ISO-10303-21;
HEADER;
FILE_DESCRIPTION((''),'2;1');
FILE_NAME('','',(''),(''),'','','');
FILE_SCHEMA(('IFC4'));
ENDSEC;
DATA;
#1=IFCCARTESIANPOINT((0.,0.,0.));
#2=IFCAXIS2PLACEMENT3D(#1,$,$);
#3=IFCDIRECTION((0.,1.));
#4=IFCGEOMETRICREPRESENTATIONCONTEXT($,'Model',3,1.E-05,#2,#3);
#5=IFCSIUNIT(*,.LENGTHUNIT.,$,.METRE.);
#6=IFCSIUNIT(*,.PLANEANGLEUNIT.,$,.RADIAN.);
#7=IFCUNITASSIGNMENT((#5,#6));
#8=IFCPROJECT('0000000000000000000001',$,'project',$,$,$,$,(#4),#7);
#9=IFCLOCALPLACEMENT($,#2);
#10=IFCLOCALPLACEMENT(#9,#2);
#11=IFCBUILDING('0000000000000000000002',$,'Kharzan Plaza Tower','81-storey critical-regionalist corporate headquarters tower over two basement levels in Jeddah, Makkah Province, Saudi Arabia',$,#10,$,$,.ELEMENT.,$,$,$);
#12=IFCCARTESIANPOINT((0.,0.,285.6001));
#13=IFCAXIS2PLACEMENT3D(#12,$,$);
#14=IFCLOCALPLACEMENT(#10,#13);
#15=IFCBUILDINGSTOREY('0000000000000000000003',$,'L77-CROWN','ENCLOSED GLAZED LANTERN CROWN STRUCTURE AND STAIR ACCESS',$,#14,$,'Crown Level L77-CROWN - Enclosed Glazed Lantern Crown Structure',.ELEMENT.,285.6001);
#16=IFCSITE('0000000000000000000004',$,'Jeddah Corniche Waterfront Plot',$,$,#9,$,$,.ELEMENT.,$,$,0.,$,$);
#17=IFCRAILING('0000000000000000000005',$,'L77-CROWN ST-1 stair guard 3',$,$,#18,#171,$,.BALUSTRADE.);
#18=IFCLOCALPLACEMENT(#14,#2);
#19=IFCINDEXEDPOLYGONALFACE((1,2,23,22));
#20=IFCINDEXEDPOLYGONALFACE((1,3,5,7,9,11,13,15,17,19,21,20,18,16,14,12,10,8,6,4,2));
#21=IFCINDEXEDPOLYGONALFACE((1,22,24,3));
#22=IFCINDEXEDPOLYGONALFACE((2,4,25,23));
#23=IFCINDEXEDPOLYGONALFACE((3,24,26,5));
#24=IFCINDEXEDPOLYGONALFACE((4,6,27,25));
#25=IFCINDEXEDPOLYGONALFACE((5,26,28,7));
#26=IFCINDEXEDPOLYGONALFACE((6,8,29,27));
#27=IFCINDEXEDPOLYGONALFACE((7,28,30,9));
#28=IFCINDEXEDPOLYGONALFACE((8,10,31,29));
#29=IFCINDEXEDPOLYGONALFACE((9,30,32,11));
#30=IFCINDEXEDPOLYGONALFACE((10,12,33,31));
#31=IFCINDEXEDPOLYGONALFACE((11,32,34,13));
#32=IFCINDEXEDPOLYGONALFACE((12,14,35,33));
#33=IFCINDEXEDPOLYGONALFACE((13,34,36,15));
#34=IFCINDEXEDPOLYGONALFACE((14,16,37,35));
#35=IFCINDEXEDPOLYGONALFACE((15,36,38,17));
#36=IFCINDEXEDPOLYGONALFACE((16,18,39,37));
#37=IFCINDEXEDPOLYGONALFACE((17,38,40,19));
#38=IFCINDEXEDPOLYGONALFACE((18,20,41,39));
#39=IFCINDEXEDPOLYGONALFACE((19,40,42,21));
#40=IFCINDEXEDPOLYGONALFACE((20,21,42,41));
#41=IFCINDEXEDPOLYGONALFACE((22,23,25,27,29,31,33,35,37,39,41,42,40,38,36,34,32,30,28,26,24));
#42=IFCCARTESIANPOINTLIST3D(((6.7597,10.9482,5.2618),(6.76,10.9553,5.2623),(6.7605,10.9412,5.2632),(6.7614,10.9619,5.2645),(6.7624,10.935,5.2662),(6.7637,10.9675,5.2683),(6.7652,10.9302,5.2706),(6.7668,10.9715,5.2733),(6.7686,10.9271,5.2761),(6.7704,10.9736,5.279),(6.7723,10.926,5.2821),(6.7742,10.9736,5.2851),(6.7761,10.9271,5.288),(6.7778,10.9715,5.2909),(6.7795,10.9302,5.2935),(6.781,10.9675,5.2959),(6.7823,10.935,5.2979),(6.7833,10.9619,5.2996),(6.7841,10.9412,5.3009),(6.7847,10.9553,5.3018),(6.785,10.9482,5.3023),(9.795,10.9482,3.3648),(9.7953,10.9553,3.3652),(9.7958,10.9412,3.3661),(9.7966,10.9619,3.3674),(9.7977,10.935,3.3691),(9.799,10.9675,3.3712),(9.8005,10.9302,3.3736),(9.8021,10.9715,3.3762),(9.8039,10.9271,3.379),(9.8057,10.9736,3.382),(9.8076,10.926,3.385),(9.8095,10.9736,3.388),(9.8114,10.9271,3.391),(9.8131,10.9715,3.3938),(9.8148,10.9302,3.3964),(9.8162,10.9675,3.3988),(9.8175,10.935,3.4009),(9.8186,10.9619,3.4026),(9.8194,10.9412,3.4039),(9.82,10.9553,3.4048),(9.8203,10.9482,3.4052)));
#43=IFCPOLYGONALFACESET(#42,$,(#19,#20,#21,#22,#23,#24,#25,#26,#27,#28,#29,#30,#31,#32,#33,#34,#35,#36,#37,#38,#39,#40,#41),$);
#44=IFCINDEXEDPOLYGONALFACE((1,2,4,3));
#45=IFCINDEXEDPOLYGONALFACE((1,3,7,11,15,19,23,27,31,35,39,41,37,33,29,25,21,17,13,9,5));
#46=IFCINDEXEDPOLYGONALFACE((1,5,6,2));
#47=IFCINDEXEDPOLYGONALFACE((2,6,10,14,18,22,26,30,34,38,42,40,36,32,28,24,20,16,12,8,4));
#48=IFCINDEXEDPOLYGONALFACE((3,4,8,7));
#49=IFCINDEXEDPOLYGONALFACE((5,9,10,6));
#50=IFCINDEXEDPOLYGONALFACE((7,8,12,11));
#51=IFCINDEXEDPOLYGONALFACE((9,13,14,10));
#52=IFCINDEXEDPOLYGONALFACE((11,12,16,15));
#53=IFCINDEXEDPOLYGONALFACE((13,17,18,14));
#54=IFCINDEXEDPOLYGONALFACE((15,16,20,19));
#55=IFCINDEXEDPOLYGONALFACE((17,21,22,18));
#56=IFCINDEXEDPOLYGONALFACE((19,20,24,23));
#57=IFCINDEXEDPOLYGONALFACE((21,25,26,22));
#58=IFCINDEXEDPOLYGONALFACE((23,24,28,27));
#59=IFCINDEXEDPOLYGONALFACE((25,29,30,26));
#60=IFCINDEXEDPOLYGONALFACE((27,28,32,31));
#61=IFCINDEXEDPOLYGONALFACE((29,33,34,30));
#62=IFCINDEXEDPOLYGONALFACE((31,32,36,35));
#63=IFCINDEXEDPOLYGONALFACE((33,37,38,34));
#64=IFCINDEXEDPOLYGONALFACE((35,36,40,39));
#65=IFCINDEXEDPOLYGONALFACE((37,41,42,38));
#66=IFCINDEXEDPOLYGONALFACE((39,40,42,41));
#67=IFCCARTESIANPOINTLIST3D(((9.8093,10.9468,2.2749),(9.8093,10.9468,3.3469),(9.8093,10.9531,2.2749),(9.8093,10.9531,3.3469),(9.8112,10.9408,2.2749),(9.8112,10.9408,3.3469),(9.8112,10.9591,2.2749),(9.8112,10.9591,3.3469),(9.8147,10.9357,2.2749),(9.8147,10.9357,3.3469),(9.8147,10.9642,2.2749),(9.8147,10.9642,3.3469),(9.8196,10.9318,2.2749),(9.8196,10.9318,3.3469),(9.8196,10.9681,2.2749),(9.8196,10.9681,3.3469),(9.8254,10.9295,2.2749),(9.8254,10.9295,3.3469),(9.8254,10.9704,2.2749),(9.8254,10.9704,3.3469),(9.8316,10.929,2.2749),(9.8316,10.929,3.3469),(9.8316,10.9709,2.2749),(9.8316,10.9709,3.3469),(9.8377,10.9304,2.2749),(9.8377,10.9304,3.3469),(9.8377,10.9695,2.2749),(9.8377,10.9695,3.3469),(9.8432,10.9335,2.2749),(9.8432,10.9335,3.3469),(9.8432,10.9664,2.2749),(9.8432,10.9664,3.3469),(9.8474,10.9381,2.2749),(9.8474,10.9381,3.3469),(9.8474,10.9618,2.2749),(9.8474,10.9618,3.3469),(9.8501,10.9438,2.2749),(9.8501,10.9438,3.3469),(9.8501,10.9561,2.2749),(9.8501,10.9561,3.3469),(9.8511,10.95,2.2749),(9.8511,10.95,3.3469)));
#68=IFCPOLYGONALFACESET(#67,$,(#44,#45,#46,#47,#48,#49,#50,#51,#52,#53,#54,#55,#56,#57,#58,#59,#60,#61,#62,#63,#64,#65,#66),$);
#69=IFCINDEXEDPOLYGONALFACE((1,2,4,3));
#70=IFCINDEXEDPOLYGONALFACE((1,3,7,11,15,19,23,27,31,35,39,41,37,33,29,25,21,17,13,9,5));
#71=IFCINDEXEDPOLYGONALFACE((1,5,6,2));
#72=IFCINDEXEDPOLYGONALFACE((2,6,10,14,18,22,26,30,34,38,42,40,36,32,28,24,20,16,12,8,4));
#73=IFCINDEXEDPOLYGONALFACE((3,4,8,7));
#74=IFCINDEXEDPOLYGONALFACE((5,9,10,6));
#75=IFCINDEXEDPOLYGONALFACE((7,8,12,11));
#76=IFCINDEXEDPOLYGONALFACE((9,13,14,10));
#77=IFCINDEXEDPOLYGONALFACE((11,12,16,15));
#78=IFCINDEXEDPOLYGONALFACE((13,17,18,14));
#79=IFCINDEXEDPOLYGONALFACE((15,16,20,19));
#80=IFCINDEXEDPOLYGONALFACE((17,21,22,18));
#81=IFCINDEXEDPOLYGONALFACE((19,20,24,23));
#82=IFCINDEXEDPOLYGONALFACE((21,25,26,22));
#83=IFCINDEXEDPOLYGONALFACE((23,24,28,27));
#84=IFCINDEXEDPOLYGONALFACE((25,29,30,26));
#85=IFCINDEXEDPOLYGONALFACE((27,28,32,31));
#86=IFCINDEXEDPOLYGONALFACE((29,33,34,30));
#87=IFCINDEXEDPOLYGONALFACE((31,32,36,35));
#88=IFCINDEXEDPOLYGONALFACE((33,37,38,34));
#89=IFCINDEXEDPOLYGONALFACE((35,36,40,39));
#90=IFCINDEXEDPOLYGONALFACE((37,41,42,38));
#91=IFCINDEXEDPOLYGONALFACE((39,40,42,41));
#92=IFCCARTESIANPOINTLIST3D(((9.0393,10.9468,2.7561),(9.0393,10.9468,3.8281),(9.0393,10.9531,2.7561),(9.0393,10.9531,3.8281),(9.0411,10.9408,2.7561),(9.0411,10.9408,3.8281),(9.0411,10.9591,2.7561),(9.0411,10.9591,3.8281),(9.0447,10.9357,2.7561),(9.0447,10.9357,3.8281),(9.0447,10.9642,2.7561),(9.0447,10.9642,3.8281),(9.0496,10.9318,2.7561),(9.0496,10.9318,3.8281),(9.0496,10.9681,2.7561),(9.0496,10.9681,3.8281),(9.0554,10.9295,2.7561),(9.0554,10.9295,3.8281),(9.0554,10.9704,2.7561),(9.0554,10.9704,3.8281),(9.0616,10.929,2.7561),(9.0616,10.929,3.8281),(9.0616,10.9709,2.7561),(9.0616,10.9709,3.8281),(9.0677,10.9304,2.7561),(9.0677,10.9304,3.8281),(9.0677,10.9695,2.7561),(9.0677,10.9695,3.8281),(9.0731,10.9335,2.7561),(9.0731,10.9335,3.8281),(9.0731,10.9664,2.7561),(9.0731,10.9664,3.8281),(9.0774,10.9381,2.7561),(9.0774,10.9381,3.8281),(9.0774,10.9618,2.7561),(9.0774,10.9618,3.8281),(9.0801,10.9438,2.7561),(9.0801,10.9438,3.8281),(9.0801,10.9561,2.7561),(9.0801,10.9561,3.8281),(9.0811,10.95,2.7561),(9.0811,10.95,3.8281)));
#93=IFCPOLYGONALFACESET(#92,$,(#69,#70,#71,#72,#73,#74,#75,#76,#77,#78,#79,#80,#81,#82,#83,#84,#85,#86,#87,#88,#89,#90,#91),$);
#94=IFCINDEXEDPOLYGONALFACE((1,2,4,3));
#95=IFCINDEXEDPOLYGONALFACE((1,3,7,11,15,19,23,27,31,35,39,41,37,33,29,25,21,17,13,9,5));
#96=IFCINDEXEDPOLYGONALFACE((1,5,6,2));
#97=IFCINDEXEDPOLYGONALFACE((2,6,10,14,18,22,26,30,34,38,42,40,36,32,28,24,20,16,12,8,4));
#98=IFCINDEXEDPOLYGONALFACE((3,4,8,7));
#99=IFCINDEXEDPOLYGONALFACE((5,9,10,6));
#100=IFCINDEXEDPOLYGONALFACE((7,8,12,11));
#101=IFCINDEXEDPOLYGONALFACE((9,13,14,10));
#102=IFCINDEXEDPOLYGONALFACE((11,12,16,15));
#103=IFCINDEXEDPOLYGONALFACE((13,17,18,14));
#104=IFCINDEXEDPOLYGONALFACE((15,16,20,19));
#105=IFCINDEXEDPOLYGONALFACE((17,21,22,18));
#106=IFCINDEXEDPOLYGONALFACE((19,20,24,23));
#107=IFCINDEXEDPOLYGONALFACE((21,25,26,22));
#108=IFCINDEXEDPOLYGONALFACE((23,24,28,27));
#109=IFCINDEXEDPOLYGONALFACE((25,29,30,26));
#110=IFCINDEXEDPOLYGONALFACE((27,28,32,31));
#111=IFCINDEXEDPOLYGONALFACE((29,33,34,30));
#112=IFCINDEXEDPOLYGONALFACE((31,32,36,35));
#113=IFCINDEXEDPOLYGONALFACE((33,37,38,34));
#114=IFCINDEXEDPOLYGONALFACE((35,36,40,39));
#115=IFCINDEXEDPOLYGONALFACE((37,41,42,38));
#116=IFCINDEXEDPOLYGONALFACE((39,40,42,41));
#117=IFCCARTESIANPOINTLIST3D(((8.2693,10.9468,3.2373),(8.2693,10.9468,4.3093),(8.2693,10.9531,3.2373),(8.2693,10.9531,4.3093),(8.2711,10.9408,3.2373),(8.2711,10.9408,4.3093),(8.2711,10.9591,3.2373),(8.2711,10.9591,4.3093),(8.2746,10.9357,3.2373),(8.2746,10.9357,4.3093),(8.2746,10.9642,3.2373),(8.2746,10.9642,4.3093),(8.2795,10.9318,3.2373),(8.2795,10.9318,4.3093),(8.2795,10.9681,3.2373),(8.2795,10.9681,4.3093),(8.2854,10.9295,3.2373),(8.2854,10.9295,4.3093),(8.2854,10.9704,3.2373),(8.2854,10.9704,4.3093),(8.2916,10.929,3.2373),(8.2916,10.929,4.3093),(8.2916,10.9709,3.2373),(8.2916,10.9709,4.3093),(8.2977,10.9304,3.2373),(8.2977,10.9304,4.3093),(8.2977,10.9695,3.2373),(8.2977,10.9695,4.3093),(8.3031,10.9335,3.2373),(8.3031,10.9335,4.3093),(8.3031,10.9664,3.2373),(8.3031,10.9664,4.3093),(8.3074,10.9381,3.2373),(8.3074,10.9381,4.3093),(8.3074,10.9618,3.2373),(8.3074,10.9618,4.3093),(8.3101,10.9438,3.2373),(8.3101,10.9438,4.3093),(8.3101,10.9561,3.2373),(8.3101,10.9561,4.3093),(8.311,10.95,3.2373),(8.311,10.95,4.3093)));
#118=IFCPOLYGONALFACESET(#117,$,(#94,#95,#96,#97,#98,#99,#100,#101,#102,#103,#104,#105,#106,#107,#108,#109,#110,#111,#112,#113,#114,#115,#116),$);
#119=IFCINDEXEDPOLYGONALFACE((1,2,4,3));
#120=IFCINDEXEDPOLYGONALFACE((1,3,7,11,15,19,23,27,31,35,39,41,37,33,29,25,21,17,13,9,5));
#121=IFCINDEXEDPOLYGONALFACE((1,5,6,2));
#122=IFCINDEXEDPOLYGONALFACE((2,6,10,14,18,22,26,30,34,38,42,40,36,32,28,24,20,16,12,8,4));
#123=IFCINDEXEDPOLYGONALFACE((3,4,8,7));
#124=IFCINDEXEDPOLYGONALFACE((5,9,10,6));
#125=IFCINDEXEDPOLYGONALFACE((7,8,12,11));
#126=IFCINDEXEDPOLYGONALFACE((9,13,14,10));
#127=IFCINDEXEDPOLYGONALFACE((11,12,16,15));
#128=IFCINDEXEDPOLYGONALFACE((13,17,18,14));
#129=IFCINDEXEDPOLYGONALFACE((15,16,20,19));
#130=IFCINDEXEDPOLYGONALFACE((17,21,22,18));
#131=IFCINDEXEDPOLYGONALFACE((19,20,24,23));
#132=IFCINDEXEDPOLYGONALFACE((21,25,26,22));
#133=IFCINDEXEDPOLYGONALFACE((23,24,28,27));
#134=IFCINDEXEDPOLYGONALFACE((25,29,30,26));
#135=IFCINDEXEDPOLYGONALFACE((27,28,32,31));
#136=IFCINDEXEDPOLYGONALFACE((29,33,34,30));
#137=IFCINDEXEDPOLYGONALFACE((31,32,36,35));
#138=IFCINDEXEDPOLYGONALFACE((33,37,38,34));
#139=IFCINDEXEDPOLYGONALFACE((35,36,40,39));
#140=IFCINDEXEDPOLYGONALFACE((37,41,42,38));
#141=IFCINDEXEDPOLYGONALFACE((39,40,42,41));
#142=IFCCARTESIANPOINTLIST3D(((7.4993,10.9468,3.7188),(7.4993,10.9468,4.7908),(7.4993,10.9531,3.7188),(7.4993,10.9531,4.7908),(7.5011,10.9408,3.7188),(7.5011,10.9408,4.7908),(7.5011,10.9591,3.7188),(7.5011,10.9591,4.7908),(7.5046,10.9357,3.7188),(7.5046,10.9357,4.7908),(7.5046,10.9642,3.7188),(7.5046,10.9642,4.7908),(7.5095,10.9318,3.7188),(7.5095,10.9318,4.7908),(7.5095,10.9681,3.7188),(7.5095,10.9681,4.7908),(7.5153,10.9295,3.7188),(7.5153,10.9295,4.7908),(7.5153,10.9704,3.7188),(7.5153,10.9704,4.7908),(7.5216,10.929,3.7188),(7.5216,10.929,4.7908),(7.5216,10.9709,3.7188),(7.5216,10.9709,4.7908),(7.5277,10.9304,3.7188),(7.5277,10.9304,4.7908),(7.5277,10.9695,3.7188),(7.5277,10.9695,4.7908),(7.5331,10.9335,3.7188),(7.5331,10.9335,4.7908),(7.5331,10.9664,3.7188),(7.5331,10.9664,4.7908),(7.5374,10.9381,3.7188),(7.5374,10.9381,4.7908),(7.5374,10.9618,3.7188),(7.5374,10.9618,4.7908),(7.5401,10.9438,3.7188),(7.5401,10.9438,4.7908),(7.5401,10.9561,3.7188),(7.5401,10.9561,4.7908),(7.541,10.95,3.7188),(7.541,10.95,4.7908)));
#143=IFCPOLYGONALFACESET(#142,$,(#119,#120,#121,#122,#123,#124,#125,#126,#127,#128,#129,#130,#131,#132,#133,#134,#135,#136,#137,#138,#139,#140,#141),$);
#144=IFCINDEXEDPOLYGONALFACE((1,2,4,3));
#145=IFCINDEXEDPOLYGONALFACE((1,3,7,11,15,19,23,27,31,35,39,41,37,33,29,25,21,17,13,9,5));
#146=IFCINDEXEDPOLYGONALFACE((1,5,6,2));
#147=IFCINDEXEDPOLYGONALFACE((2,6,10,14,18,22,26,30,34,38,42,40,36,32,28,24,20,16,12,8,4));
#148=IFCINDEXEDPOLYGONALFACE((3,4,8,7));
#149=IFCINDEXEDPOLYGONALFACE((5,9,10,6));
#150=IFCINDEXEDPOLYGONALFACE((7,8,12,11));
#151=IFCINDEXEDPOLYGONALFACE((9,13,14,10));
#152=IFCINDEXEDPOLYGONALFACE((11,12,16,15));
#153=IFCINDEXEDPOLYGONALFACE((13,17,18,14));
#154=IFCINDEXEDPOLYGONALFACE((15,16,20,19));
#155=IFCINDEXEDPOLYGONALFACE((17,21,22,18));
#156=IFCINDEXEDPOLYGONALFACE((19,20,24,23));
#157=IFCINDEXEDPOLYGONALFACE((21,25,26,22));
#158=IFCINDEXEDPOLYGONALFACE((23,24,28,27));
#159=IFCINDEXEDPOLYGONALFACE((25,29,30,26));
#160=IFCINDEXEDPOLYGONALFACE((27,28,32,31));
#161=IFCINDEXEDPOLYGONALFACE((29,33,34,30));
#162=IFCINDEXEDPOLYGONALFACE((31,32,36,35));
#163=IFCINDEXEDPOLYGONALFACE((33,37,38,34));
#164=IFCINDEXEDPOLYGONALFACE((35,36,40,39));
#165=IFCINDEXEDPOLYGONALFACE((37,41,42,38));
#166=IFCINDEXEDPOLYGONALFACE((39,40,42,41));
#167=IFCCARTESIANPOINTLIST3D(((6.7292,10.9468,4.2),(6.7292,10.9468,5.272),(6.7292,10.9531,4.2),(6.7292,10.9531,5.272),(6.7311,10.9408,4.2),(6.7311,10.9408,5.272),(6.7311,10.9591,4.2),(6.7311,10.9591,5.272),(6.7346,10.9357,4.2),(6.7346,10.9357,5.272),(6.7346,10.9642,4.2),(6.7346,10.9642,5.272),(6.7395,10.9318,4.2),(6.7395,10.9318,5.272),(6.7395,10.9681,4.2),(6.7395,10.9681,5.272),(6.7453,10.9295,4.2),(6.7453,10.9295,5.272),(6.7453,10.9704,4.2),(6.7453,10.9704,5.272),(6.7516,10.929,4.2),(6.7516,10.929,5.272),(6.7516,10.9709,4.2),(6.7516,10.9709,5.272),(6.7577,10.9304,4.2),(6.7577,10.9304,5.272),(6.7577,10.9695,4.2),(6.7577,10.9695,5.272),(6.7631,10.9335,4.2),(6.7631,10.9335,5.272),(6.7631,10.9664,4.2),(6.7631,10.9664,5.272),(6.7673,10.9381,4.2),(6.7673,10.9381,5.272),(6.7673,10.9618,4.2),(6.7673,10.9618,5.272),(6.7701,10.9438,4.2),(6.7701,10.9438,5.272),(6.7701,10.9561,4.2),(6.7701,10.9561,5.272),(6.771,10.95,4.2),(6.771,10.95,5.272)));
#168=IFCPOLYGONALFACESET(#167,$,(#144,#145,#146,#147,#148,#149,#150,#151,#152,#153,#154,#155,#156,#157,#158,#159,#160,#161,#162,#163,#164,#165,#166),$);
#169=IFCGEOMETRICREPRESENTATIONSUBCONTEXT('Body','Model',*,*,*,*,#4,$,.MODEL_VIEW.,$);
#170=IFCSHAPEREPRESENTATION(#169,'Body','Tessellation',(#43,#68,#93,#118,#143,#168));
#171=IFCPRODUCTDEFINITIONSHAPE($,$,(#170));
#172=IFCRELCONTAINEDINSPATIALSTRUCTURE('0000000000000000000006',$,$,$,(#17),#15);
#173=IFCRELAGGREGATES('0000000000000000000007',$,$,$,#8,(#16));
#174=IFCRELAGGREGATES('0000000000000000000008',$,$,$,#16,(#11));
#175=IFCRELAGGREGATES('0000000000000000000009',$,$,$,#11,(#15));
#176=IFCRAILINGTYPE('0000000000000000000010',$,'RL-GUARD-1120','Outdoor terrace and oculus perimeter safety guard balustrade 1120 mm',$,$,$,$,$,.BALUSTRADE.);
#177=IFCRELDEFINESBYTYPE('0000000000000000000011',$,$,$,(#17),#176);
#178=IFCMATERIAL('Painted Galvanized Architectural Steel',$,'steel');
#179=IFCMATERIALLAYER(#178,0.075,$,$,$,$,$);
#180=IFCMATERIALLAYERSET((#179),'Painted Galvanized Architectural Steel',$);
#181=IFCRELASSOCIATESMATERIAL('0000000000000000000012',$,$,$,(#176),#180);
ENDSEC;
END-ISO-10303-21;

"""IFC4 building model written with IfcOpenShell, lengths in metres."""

from ifc_helpers import new_model, si_unit, direction, frame, origin, origin_2d, place, context, subcontext, project, spatial, circle, extrude, source, transform, mapped, material, layer, layer_set, type_object, element, save


model = new_model("IFC4")

# Units and contexts
model_context = context("Model", 3, precision=1e-05, world=origin(), true_north=direction((0.0, 1.0)))
body_context = subcontext(model_context, "Body", "Model", "MODEL_VIEW")
ifc_project = project(units=[si_unit("LENGTHUNIT", "METRE"), si_unit("PLANEANGLEUNIT", "RADIAN")], contexts=[model_context])

# Site, building, storey
site_placement = place(None, origin())
site = spatial("IfcSite", under=ifc_project, at=site_placement, Name="Jeddah Corniche Waterfront Plot", CompositionType="ELEMENT", RefElevation=0.0)
building_placement = place(site_placement, origin())
building = spatial("IfcBuilding", under=site, at=building_placement, Name="Kharzan Plaza Tower", Description="81-storey critical-regionalist corporate headquarters tower over two basement levels in Jeddah, Makkah Province, Saudi Arabia", CompositionType="ELEMENT")
storey_placement = place(building_placement, frame((0.0, 0.0, 285.6001)))
storey = spatial("IfcBuildingStorey", under=building, at=storey_placement, Name="L77-CROWN", Description="ENCLOSED GLAZED LANTERN CROWN STRUCTURE AND STAIR ACCESS", LongName="Crown Level L77-CROWN - Enclosed Glazed Lantern Crown Structure", CompositionType="ELEMENT", Elevation=285.6001)

# Railing
ifc_material_1 = material(Name="Painted Galvanized Architectural Steel", Category="steel")
ifc_layer_1 = layer(ifc_material_1, 0.075)
ifc_layer_set_1 = layer_set([ifc_layer_1], Name="Painted Galvanized Architectural Steel")
railing_type_1 = type_object("IfcRailingType", Name="RL-GUARD-1120", Description="Outdoor terrace and oculus perimeter safety guard balustrade 1120 mm", PredefinedType="BALUSTRADE", material=ifc_layer_set_1)
shared_shape_1 = source(origin(), body_context, "Body", "SweptSolid", [
    extrude(circle(Radius=0.0239, at=origin_2d()), frame((-0.0225, 0.0, 1.1101), z_axis=(-0.847998, 0.0, 0.529999), x_axis=(0.0, -1.0, 0.0)), (0.0, 0.0, 1.0), 3.5793),
    extrude(circle(Radius=0.021, at=origin_2d()), origin(), (0.0, 0.0, 1.0), 1.072),
    extrude(circle(Radius=0.021, at=origin_2d()), frame((-0.77, 0.0, 0.4812)), (0.0, 0.0, 1.0), 1.072),
    extrude(circle(Radius=0.021, at=origin_2d()), frame((-1.54, 0.0, 0.9624)), (0.0, 0.0, 1.0), 1.072),
    extrude(circle(Radius=0.021, at=origin_2d()), frame((-2.3101, 0.0, 1.4438)), (0.0, 0.0, 1.0), 1.072),
    extrude(circle(Radius=0.021, at=origin_2d()), frame((-3.0801, 0.0, 1.925)), (0.0, 0.0, 1.0), 1.072),
])
railing_1_placement = place(storey_placement, frame((9.8301, 10.95, 2.2749)))
element("IfcRailing", 1, at=railing_1_placement, inside=storey, type_object=railing_type_1, Name="L77-CROWN ST-1 stair guard 3", PredefinedType="BALUSTRADE", context=body_context, shape_type="MappedRepresentation", body=[
    mapped(shared_shape_1, transform((0.0, 0.0, 0.0), x_axis=(1.0, 0.0, 0.0), y_axis=(0.0, 1.0, 0.0), z_axis=(0.0, 0.0, 1.0))),
])

save(model, "model.ifc")
